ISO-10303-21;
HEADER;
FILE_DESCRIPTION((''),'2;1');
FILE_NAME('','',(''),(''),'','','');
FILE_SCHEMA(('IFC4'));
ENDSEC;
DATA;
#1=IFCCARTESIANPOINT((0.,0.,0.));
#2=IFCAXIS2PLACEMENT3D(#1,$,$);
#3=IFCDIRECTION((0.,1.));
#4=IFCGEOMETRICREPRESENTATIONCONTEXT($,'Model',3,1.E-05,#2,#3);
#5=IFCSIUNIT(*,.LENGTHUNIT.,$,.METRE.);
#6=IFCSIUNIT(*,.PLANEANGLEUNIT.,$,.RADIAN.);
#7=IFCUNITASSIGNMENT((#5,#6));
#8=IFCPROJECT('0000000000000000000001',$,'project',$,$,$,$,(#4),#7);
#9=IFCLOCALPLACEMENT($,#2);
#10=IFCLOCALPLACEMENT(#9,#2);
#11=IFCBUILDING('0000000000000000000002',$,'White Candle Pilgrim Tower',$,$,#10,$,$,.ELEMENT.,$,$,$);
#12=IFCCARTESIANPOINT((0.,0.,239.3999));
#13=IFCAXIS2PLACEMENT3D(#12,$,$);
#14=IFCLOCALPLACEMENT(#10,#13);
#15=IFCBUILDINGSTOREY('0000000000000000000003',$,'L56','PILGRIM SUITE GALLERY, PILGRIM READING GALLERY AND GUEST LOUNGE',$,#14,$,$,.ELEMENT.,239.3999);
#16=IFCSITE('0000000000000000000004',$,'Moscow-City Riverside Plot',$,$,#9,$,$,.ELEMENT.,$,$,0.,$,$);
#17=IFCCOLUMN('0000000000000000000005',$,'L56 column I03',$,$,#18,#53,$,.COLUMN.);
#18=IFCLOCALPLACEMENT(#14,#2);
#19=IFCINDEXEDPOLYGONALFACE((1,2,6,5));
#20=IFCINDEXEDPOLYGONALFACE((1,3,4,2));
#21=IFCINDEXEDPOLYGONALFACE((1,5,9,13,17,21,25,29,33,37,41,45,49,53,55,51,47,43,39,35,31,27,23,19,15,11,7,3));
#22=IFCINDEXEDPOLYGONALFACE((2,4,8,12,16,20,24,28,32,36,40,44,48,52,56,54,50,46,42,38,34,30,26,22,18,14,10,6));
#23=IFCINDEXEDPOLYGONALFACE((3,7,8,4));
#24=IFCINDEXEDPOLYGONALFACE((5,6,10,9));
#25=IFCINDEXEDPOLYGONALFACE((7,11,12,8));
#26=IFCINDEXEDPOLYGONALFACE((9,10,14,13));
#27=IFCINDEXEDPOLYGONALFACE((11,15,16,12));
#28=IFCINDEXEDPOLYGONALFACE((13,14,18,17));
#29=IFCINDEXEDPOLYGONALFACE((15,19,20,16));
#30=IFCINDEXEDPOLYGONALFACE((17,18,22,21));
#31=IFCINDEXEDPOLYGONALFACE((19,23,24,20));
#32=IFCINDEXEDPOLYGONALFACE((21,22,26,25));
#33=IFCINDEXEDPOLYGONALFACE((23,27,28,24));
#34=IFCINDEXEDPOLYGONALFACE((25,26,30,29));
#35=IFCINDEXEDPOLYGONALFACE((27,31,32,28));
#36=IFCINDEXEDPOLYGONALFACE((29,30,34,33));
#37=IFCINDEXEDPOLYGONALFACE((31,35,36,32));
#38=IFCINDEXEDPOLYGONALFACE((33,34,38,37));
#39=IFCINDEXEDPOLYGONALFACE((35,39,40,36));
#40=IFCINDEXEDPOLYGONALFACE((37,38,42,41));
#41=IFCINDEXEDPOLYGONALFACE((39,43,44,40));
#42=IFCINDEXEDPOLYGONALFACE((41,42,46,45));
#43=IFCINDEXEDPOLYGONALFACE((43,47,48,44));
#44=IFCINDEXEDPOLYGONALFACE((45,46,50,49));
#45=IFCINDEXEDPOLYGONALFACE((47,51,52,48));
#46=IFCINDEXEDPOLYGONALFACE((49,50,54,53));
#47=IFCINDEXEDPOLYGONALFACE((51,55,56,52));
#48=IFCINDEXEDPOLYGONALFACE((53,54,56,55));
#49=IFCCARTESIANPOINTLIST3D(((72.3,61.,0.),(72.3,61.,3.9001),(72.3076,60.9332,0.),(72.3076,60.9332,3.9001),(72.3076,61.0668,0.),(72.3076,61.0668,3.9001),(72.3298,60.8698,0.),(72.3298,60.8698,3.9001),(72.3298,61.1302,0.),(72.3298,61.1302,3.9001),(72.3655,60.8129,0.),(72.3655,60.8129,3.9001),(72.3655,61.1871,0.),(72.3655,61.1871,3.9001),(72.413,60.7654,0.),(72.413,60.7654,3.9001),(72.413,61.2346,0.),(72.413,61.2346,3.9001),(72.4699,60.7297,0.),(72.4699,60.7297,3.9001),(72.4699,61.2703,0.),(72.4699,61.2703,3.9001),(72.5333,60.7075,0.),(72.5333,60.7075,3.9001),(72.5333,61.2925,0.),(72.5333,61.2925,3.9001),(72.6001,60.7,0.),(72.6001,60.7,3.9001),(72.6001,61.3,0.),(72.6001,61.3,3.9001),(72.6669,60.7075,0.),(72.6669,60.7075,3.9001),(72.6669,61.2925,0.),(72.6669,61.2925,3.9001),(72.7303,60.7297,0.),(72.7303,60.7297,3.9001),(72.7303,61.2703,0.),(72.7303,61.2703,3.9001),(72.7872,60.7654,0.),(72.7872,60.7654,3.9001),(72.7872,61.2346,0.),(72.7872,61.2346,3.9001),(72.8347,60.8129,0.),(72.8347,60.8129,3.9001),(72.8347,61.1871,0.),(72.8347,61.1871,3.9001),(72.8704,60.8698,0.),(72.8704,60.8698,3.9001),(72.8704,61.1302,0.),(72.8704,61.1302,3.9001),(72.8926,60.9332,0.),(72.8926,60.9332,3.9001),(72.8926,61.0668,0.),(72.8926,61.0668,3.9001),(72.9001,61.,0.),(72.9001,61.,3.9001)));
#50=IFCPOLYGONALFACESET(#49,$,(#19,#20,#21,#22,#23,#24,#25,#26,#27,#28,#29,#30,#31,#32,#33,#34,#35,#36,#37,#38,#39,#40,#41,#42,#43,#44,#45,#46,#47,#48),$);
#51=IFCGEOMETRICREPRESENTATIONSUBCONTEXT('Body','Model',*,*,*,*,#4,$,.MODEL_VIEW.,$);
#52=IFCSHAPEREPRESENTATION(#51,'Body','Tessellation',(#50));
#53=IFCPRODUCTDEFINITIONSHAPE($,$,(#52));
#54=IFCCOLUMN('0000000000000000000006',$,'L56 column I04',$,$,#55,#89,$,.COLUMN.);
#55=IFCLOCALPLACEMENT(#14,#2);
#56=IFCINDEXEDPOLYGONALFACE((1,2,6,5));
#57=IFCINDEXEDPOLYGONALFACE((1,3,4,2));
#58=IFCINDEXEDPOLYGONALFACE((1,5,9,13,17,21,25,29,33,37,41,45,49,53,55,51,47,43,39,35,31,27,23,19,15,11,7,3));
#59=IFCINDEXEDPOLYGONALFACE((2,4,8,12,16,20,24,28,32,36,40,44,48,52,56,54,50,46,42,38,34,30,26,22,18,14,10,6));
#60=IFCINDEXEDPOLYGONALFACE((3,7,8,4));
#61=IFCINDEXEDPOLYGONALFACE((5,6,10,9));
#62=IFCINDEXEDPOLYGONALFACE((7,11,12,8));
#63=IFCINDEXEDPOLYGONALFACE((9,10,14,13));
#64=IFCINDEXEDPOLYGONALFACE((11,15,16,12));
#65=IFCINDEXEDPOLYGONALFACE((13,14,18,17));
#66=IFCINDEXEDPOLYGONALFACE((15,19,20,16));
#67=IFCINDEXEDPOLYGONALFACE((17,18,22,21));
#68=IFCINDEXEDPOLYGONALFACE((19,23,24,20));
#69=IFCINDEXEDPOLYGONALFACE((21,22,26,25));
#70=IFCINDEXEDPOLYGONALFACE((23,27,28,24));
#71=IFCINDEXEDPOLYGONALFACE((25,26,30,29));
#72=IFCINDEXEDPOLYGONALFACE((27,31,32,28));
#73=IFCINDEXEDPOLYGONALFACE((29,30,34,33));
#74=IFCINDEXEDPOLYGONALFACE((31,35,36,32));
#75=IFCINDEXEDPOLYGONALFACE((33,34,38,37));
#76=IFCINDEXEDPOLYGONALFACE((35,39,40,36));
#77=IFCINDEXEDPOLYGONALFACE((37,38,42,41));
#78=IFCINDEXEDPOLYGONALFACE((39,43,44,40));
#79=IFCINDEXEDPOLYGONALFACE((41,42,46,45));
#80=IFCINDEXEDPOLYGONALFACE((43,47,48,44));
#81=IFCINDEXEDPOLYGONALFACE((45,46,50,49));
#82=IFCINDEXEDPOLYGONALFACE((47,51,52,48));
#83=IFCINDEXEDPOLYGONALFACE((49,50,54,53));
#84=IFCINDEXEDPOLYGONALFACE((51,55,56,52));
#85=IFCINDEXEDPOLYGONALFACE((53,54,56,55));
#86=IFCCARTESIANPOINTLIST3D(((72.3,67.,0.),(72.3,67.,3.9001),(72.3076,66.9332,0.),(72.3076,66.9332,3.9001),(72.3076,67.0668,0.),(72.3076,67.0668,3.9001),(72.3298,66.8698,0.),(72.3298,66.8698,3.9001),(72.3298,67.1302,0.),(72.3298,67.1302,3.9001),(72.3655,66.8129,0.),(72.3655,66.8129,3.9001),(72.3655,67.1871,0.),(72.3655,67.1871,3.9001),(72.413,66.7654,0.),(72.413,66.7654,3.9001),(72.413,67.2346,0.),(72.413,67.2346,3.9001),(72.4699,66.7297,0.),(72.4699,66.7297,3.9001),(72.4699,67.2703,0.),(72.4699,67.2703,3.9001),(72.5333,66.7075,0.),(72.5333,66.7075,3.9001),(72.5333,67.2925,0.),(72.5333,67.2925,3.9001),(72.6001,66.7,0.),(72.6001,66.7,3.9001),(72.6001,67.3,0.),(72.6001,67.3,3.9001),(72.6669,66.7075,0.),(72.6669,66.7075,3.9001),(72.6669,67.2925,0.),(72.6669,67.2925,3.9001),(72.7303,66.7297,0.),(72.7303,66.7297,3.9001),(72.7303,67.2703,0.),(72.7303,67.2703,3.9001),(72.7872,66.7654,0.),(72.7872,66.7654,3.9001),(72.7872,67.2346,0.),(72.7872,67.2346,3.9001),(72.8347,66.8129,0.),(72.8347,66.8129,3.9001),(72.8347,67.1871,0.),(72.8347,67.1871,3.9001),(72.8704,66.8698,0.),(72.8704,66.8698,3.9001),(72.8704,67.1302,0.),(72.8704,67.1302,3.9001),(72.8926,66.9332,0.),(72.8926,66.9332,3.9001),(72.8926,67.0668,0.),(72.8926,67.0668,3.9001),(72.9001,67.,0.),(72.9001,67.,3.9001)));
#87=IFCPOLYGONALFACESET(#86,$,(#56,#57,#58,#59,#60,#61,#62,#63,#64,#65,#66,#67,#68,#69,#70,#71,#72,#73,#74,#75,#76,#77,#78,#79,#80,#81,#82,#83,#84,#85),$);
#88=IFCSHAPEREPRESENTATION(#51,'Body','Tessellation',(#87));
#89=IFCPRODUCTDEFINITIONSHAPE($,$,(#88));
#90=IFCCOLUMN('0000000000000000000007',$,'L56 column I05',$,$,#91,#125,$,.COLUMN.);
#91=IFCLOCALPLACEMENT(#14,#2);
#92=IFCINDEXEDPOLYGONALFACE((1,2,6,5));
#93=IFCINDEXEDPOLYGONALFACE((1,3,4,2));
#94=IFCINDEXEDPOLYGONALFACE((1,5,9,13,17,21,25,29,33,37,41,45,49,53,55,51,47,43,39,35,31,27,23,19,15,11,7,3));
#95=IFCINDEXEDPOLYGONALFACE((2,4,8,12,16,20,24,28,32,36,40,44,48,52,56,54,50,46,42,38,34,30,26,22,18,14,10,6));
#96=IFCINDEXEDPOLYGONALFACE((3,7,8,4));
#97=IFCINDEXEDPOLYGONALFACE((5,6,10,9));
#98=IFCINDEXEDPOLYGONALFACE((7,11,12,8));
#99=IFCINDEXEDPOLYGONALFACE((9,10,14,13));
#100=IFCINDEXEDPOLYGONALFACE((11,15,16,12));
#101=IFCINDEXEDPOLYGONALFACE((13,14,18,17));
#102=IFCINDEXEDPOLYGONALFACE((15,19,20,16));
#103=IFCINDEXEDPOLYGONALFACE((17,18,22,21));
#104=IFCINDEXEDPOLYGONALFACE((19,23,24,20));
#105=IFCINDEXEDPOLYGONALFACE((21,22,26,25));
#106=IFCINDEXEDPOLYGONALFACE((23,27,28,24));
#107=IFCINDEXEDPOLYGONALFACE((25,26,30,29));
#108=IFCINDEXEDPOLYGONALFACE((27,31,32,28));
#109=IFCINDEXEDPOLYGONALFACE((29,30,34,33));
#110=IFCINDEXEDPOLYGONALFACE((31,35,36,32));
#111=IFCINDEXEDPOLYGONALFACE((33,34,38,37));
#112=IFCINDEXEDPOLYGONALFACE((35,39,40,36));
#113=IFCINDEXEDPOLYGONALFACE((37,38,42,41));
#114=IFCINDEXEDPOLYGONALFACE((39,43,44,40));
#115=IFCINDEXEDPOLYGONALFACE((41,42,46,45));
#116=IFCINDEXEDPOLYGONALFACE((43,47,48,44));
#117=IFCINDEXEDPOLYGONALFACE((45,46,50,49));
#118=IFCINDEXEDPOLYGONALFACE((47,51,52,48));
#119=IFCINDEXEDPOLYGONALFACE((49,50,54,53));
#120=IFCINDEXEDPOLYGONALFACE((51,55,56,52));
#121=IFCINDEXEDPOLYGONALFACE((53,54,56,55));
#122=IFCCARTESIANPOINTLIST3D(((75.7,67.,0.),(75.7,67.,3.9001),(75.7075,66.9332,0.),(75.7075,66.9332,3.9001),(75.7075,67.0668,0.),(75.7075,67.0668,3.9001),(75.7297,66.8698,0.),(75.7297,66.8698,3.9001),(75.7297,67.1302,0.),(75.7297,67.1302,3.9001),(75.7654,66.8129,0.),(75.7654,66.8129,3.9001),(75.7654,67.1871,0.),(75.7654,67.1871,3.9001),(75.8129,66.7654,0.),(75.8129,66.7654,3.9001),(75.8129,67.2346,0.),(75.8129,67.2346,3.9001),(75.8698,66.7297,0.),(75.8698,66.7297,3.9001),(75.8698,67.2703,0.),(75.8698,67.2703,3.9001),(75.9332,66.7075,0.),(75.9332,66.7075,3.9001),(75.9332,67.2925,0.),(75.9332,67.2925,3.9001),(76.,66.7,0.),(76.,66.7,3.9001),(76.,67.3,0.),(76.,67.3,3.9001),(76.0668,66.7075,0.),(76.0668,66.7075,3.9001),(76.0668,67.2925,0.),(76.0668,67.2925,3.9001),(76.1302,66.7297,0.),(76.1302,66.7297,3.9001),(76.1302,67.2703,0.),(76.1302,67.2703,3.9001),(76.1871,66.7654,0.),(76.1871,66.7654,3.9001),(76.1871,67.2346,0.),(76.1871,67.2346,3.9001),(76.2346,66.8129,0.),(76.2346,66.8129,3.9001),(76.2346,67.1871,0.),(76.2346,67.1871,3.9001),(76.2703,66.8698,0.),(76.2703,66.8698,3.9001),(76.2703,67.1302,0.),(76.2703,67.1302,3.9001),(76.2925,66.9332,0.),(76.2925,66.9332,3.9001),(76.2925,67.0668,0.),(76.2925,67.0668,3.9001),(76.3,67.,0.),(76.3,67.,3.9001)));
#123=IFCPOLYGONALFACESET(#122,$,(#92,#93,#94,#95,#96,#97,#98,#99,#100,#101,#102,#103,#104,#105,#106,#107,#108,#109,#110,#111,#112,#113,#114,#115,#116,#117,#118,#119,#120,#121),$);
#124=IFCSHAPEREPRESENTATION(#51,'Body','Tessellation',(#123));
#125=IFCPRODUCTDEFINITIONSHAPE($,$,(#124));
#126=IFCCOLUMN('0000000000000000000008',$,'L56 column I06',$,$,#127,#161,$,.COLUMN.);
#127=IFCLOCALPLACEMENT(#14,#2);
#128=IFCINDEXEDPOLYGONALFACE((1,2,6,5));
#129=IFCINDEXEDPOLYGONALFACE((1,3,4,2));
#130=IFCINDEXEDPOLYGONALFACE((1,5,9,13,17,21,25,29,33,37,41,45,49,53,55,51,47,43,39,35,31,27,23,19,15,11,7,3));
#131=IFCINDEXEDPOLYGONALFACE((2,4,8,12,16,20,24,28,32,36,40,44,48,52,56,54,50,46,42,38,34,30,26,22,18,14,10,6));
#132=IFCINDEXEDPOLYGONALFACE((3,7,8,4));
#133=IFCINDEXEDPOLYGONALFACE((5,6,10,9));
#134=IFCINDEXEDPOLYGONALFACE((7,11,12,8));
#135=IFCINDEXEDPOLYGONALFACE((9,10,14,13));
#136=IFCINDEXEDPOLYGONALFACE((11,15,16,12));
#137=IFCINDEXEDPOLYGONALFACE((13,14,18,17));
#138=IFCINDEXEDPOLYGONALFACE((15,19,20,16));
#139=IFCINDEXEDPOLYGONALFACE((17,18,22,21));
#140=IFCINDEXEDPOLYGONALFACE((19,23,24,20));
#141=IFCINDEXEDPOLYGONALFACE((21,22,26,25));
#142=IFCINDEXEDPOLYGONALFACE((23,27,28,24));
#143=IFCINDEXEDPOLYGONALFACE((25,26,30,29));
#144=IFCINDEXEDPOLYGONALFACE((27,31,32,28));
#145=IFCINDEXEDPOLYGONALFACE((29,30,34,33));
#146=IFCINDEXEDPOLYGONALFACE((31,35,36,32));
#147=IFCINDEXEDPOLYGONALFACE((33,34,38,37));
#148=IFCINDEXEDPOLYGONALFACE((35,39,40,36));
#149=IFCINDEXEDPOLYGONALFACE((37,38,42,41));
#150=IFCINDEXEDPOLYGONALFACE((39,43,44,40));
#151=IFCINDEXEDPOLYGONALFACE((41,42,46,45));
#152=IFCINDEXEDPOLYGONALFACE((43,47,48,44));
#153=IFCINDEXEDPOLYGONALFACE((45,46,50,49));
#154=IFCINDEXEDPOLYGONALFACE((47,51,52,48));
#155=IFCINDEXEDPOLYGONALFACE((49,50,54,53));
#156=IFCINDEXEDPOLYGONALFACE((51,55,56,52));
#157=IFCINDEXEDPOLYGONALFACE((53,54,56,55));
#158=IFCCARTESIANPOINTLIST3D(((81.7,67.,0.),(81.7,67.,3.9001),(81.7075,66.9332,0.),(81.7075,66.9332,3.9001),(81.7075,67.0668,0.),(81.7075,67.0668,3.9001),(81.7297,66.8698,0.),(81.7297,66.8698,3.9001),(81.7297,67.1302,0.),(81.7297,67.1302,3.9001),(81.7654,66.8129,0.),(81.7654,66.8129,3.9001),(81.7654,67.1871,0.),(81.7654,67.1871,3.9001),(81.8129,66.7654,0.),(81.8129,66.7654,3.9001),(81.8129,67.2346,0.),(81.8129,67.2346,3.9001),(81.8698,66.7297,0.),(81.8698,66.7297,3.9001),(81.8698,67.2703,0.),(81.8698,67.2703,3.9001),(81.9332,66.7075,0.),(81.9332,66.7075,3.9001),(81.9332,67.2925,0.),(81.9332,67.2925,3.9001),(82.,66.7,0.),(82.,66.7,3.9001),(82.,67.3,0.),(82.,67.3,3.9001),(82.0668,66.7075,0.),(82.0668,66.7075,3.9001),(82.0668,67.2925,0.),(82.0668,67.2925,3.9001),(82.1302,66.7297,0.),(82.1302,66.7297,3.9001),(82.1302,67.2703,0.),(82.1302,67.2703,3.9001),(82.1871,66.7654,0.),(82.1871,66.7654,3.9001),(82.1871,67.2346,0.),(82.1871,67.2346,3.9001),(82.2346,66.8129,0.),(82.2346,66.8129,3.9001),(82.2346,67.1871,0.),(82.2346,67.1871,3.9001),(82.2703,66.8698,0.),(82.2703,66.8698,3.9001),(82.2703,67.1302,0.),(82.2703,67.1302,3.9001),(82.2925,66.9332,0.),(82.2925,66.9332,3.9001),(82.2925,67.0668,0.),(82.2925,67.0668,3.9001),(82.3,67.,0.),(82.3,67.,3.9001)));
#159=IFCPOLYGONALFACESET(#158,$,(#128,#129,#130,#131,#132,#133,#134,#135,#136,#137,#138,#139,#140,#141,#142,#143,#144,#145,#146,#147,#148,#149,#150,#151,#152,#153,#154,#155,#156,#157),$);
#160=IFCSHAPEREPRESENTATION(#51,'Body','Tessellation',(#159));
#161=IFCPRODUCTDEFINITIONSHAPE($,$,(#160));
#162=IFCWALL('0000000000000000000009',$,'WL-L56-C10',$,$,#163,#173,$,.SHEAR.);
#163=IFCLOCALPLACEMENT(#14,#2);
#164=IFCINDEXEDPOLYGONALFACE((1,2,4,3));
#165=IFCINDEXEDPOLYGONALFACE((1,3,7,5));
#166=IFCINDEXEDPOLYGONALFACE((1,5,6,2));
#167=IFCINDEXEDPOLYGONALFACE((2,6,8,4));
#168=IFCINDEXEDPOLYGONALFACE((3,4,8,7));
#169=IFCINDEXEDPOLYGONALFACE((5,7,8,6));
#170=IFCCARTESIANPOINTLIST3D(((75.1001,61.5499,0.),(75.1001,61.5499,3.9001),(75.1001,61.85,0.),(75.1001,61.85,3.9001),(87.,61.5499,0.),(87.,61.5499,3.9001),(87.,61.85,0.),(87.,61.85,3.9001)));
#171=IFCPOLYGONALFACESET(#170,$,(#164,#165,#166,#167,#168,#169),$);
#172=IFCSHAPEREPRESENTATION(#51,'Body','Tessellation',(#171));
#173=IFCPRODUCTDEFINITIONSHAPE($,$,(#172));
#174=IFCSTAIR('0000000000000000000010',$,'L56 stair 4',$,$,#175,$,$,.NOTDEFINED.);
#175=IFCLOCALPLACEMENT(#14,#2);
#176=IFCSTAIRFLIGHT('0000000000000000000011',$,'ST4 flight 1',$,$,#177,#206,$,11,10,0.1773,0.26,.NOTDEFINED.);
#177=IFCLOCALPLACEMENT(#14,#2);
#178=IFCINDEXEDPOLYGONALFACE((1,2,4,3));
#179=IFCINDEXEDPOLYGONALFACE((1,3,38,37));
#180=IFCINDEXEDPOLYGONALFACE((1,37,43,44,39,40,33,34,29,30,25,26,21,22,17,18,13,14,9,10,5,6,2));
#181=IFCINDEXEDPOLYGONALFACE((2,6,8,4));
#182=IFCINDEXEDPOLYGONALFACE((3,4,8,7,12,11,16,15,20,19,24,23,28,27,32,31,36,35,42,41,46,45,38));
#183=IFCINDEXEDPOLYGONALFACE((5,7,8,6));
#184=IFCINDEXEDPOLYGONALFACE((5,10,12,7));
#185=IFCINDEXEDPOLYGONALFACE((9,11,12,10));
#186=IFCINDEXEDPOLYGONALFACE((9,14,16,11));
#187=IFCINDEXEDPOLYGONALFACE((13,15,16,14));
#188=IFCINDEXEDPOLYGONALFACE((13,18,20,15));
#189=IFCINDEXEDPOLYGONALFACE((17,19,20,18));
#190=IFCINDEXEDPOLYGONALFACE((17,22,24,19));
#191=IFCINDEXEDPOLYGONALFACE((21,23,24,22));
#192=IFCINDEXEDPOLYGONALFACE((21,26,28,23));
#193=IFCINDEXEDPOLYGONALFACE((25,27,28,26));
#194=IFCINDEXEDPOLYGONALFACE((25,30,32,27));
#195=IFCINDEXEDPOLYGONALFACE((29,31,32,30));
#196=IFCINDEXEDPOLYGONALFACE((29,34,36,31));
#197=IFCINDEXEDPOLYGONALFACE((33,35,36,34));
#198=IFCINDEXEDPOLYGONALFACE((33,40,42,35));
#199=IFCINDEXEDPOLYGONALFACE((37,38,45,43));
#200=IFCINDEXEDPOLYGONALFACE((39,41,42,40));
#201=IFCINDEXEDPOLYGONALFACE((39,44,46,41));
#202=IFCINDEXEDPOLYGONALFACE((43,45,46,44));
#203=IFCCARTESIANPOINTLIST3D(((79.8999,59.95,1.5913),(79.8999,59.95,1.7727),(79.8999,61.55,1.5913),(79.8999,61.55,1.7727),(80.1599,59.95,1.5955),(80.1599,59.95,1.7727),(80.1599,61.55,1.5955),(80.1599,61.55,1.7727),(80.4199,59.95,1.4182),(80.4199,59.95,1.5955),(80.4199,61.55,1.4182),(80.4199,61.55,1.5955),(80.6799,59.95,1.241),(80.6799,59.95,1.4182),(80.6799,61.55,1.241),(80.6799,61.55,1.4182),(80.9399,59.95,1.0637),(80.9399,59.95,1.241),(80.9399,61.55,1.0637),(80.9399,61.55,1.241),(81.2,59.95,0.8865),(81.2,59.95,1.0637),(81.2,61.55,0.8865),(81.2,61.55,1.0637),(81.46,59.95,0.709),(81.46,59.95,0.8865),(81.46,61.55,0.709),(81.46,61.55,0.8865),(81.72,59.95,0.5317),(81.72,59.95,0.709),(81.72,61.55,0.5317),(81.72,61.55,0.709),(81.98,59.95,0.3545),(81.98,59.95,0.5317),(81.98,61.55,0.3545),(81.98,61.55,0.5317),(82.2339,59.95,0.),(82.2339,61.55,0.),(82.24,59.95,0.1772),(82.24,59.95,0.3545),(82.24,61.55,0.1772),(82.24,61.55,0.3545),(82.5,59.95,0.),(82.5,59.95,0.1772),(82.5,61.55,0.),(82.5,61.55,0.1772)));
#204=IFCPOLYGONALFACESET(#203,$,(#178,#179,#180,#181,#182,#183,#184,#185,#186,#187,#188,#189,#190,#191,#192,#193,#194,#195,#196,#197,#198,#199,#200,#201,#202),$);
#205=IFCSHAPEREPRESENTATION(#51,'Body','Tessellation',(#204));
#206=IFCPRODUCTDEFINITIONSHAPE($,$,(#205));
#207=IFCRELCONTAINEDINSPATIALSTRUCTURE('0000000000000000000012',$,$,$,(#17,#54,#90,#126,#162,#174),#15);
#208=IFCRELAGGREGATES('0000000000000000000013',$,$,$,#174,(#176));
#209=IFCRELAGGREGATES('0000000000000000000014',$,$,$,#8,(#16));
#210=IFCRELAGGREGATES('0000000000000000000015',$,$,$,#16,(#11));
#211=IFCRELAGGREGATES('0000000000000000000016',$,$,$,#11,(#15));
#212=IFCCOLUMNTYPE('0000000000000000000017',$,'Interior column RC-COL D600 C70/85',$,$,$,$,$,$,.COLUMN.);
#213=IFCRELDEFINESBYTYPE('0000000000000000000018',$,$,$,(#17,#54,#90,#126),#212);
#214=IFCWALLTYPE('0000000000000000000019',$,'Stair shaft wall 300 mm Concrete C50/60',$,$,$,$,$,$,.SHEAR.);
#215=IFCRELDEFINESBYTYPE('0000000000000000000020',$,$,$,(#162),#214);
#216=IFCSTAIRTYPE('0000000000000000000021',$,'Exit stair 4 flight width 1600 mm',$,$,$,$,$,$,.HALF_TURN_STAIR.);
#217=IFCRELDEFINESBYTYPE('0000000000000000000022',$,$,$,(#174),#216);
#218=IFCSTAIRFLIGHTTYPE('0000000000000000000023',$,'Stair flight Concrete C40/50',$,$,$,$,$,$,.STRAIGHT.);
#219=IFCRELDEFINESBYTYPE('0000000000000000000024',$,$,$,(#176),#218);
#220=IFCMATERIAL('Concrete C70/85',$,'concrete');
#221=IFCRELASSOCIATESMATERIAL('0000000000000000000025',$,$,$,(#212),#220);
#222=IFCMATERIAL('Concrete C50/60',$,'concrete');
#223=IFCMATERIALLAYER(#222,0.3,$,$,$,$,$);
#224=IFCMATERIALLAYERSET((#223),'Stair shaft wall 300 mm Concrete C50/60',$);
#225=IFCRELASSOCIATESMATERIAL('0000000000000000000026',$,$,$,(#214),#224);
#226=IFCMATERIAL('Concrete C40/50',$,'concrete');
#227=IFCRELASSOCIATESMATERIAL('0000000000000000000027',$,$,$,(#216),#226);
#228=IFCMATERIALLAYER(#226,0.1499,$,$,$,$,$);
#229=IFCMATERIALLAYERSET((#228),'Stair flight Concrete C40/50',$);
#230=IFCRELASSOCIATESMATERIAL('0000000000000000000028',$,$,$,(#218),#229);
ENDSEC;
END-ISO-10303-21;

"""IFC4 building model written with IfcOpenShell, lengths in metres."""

from ifc_helpers import new_model, si_unit, direction, frame, frame_2d, origin, origin_2d, place, context, subcontext, project, spatial, polyline, rectangle, circle, outline, extrude, material, layer, layer_set, material_profile, profile_set, type_object, element, aggregate, save


model = new_model("IFC4")

# Units and contexts
model_context = context("Model", 3, precision=1e-05, world=origin(), true_north=direction((0.0, 1.0)))
body_context = subcontext(model_context, "Body", "Model", "MODEL_VIEW")
ifc_project = project(units=[si_unit("LENGTHUNIT", "METRE"), si_unit("PLANEANGLEUNIT", "RADIAN")], contexts=[model_context])

# Site, building, storey
site_placement = place(None, origin())
site = spatial("IfcSite", under=ifc_project, at=site_placement, Name="Moscow-City Riverside Plot", CompositionType="ELEMENT", RefElevation=0.0)
building_placement = place(site_placement, origin())
building = spatial("IfcBuilding", under=site, at=building_placement, Name="White Candle Pilgrim Tower", CompositionType="ELEMENT")
storey_placement = place(building_placement, frame((0.0, 0.0, 239.3999)))
storey = spatial("IfcBuildingStorey", under=building, at=storey_placement, Name="L56", Description="PILGRIM SUITE GALLERY, PILGRIM READING GALLERY AND GUEST LOUNGE", CompositionType="ELEMENT", Elevation=239.3999)

# Columns
ifc_material_1 = material(Name="Concrete C70/85", Category="concrete")
ifc_material_profile = material_profile(ifc_material_1, circle(Radius=0.3, at=origin_2d()), Name="RC-COL D600")
ifc_profile_set = profile_set([ifc_material_profile], Name="Concrete C70/85")
column_type = type_object("IfcColumnType", Name="Interior column RC-COL D600 C70/85", PredefinedType="COLUMN", material=ifc_profile_set)
for number, where, z_axis, x_axis, name in (
    (1, (72.6001, 61.0, 0.0), (0.0, 0.0, 1.0), (1.0, 0.0, 0.0), "L56 column I03"),
    (2, (72.6001, 67.0, 0.0), (0.0, 0.0, 1.0), (1.0, 0.0, 0.0), "L56 column I04"),
    (3, (76.0, 67.0, 0.0), (0.0, 0.0, 1.0), (1.0, 0.0, 0.0), "L56 column I05"),
    (4, (82.0, 67.0, 0.0), (0.0, 0.0, 1.0), (1.0, 0.0, 0.0), "L56 column I06"),
):
    element("IfcColumn", number, at=place(storey_placement, frame(where, z_axis=z_axis, x_axis=x_axis)), inside=storey, type_object=column_type, Name=name, PredefinedType="COLUMN", context=body_context, shape_type="SweptSolid", body=[
        extrude(circle(Radius=0.3, at=origin_2d()), origin(), (0.0, 0.0, 1.0), 3.9001),
    ])

# Wall
ifc_material_2 = material(Name="Concrete C50/60", Category="concrete")
ifc_layer_1 = layer(ifc_material_2, 0.3)
ifc_layer_set_1 = layer_set([ifc_layer_1], Name="Stair shaft wall 300 mm Concrete C50/60")
wall_type = type_object("IfcWallType", Name="Stair shaft wall 300 mm Concrete C50/60", PredefinedType="SHEAR", material=ifc_layer_set_1)
wall_placement = place(storey_placement, frame((75.1001, 61.7, 0.0), z_axis=(0.0, 0.0, 1.0), x_axis=(1.0, 0.0, 0.0)))
element("IfcWall", 5, at=wall_placement, inside=storey, type_object=wall_type, Name="WL-L56-C10", PredefinedType="SHEAR", context=body_context, shape_type="SweptSolid", body=[
    extrude(rectangle(XDim=11.8999, YDim=0.3, at=frame_2d((5.95, 0.0))), origin(), (0.0, 0.0, 1.0), 3.9001),
])

# Stair, stair flight
ifc_material_3 = material(Name="Concrete C40/50", Category="concrete")
stair_type = type_object("IfcStairType", Name="Exit stair 4 flight width 1600 mm", PredefinedType="HALF_TURN_STAIR", material=ifc_material_3)
stair_placement = place(storey_placement, origin())
stair = element("IfcStair", 6, at=stair_placement, inside=storey, type_object=stair_type, Name="L56 stair 4", PredefinedType="NOTDEFINED")
ifc_layer_2 = layer(ifc_material_3, 0.1499)
ifc_layer_set_2 = layer_set([ifc_layer_2], Name="Stair flight Concrete C40/50")
stair_flight_type = type_object("IfcStairFlightType", Name="Stair flight Concrete C40/50", PredefinedType="STRAIGHT", material=ifc_layer_set_2)
stair_flight_1_placement = place(storey_placement, frame((82.5, 60.75, 0.0), z_axis=(0.0, 0.0, 1.0), x_axis=(-1.0, 0.0, 0.0)))
stair_flight_1 = element("IfcStairFlight", 7, at=stair_flight_1_placement, type_object=stair_flight_type, Name="ST4 flight 1", NumberOfRisers=11, NumberOfTreads=10, PredefinedType="NOTDEFINED", RiserHeight=0.1773, TreadLength=0.26, context=body_context, shape_type="SweptSolid", body=[
    extrude(outline(polyline([(0.0, 0.0), (0.0, 0.1772), (0.26, 0.1772), (0.26, 0.3545), (0.52, 0.3545), (0.52, 0.5317), (0.78, 0.5317), (0.78, 0.709), (1.04, 0.709), (1.04, 0.8865), (1.3, 0.8865), (1.3, 1.0637), (1.5601, 1.0637), (1.5601, 1.241), (1.8201, 1.241), (1.8201, 1.4182), (2.0801, 1.4182), (2.0801, 1.5955), (2.3401, 1.5955), (2.3401, 1.7727), (2.6001, 1.7727), (2.6001, 1.95), (2.6001, 1.5913), (0.2661, 0.0), (0.0, 0.0)])), frame((0.0, 0.8, 0.0), z_axis=(0.0, -1.0, 0.0), x_axis=(1.0, 0.0, 0.0)), (0.0, 0.0, 1.0), 1.6001),
])
aggregate(stair, [stair_flight_1])

save(model, "model.ifc")
